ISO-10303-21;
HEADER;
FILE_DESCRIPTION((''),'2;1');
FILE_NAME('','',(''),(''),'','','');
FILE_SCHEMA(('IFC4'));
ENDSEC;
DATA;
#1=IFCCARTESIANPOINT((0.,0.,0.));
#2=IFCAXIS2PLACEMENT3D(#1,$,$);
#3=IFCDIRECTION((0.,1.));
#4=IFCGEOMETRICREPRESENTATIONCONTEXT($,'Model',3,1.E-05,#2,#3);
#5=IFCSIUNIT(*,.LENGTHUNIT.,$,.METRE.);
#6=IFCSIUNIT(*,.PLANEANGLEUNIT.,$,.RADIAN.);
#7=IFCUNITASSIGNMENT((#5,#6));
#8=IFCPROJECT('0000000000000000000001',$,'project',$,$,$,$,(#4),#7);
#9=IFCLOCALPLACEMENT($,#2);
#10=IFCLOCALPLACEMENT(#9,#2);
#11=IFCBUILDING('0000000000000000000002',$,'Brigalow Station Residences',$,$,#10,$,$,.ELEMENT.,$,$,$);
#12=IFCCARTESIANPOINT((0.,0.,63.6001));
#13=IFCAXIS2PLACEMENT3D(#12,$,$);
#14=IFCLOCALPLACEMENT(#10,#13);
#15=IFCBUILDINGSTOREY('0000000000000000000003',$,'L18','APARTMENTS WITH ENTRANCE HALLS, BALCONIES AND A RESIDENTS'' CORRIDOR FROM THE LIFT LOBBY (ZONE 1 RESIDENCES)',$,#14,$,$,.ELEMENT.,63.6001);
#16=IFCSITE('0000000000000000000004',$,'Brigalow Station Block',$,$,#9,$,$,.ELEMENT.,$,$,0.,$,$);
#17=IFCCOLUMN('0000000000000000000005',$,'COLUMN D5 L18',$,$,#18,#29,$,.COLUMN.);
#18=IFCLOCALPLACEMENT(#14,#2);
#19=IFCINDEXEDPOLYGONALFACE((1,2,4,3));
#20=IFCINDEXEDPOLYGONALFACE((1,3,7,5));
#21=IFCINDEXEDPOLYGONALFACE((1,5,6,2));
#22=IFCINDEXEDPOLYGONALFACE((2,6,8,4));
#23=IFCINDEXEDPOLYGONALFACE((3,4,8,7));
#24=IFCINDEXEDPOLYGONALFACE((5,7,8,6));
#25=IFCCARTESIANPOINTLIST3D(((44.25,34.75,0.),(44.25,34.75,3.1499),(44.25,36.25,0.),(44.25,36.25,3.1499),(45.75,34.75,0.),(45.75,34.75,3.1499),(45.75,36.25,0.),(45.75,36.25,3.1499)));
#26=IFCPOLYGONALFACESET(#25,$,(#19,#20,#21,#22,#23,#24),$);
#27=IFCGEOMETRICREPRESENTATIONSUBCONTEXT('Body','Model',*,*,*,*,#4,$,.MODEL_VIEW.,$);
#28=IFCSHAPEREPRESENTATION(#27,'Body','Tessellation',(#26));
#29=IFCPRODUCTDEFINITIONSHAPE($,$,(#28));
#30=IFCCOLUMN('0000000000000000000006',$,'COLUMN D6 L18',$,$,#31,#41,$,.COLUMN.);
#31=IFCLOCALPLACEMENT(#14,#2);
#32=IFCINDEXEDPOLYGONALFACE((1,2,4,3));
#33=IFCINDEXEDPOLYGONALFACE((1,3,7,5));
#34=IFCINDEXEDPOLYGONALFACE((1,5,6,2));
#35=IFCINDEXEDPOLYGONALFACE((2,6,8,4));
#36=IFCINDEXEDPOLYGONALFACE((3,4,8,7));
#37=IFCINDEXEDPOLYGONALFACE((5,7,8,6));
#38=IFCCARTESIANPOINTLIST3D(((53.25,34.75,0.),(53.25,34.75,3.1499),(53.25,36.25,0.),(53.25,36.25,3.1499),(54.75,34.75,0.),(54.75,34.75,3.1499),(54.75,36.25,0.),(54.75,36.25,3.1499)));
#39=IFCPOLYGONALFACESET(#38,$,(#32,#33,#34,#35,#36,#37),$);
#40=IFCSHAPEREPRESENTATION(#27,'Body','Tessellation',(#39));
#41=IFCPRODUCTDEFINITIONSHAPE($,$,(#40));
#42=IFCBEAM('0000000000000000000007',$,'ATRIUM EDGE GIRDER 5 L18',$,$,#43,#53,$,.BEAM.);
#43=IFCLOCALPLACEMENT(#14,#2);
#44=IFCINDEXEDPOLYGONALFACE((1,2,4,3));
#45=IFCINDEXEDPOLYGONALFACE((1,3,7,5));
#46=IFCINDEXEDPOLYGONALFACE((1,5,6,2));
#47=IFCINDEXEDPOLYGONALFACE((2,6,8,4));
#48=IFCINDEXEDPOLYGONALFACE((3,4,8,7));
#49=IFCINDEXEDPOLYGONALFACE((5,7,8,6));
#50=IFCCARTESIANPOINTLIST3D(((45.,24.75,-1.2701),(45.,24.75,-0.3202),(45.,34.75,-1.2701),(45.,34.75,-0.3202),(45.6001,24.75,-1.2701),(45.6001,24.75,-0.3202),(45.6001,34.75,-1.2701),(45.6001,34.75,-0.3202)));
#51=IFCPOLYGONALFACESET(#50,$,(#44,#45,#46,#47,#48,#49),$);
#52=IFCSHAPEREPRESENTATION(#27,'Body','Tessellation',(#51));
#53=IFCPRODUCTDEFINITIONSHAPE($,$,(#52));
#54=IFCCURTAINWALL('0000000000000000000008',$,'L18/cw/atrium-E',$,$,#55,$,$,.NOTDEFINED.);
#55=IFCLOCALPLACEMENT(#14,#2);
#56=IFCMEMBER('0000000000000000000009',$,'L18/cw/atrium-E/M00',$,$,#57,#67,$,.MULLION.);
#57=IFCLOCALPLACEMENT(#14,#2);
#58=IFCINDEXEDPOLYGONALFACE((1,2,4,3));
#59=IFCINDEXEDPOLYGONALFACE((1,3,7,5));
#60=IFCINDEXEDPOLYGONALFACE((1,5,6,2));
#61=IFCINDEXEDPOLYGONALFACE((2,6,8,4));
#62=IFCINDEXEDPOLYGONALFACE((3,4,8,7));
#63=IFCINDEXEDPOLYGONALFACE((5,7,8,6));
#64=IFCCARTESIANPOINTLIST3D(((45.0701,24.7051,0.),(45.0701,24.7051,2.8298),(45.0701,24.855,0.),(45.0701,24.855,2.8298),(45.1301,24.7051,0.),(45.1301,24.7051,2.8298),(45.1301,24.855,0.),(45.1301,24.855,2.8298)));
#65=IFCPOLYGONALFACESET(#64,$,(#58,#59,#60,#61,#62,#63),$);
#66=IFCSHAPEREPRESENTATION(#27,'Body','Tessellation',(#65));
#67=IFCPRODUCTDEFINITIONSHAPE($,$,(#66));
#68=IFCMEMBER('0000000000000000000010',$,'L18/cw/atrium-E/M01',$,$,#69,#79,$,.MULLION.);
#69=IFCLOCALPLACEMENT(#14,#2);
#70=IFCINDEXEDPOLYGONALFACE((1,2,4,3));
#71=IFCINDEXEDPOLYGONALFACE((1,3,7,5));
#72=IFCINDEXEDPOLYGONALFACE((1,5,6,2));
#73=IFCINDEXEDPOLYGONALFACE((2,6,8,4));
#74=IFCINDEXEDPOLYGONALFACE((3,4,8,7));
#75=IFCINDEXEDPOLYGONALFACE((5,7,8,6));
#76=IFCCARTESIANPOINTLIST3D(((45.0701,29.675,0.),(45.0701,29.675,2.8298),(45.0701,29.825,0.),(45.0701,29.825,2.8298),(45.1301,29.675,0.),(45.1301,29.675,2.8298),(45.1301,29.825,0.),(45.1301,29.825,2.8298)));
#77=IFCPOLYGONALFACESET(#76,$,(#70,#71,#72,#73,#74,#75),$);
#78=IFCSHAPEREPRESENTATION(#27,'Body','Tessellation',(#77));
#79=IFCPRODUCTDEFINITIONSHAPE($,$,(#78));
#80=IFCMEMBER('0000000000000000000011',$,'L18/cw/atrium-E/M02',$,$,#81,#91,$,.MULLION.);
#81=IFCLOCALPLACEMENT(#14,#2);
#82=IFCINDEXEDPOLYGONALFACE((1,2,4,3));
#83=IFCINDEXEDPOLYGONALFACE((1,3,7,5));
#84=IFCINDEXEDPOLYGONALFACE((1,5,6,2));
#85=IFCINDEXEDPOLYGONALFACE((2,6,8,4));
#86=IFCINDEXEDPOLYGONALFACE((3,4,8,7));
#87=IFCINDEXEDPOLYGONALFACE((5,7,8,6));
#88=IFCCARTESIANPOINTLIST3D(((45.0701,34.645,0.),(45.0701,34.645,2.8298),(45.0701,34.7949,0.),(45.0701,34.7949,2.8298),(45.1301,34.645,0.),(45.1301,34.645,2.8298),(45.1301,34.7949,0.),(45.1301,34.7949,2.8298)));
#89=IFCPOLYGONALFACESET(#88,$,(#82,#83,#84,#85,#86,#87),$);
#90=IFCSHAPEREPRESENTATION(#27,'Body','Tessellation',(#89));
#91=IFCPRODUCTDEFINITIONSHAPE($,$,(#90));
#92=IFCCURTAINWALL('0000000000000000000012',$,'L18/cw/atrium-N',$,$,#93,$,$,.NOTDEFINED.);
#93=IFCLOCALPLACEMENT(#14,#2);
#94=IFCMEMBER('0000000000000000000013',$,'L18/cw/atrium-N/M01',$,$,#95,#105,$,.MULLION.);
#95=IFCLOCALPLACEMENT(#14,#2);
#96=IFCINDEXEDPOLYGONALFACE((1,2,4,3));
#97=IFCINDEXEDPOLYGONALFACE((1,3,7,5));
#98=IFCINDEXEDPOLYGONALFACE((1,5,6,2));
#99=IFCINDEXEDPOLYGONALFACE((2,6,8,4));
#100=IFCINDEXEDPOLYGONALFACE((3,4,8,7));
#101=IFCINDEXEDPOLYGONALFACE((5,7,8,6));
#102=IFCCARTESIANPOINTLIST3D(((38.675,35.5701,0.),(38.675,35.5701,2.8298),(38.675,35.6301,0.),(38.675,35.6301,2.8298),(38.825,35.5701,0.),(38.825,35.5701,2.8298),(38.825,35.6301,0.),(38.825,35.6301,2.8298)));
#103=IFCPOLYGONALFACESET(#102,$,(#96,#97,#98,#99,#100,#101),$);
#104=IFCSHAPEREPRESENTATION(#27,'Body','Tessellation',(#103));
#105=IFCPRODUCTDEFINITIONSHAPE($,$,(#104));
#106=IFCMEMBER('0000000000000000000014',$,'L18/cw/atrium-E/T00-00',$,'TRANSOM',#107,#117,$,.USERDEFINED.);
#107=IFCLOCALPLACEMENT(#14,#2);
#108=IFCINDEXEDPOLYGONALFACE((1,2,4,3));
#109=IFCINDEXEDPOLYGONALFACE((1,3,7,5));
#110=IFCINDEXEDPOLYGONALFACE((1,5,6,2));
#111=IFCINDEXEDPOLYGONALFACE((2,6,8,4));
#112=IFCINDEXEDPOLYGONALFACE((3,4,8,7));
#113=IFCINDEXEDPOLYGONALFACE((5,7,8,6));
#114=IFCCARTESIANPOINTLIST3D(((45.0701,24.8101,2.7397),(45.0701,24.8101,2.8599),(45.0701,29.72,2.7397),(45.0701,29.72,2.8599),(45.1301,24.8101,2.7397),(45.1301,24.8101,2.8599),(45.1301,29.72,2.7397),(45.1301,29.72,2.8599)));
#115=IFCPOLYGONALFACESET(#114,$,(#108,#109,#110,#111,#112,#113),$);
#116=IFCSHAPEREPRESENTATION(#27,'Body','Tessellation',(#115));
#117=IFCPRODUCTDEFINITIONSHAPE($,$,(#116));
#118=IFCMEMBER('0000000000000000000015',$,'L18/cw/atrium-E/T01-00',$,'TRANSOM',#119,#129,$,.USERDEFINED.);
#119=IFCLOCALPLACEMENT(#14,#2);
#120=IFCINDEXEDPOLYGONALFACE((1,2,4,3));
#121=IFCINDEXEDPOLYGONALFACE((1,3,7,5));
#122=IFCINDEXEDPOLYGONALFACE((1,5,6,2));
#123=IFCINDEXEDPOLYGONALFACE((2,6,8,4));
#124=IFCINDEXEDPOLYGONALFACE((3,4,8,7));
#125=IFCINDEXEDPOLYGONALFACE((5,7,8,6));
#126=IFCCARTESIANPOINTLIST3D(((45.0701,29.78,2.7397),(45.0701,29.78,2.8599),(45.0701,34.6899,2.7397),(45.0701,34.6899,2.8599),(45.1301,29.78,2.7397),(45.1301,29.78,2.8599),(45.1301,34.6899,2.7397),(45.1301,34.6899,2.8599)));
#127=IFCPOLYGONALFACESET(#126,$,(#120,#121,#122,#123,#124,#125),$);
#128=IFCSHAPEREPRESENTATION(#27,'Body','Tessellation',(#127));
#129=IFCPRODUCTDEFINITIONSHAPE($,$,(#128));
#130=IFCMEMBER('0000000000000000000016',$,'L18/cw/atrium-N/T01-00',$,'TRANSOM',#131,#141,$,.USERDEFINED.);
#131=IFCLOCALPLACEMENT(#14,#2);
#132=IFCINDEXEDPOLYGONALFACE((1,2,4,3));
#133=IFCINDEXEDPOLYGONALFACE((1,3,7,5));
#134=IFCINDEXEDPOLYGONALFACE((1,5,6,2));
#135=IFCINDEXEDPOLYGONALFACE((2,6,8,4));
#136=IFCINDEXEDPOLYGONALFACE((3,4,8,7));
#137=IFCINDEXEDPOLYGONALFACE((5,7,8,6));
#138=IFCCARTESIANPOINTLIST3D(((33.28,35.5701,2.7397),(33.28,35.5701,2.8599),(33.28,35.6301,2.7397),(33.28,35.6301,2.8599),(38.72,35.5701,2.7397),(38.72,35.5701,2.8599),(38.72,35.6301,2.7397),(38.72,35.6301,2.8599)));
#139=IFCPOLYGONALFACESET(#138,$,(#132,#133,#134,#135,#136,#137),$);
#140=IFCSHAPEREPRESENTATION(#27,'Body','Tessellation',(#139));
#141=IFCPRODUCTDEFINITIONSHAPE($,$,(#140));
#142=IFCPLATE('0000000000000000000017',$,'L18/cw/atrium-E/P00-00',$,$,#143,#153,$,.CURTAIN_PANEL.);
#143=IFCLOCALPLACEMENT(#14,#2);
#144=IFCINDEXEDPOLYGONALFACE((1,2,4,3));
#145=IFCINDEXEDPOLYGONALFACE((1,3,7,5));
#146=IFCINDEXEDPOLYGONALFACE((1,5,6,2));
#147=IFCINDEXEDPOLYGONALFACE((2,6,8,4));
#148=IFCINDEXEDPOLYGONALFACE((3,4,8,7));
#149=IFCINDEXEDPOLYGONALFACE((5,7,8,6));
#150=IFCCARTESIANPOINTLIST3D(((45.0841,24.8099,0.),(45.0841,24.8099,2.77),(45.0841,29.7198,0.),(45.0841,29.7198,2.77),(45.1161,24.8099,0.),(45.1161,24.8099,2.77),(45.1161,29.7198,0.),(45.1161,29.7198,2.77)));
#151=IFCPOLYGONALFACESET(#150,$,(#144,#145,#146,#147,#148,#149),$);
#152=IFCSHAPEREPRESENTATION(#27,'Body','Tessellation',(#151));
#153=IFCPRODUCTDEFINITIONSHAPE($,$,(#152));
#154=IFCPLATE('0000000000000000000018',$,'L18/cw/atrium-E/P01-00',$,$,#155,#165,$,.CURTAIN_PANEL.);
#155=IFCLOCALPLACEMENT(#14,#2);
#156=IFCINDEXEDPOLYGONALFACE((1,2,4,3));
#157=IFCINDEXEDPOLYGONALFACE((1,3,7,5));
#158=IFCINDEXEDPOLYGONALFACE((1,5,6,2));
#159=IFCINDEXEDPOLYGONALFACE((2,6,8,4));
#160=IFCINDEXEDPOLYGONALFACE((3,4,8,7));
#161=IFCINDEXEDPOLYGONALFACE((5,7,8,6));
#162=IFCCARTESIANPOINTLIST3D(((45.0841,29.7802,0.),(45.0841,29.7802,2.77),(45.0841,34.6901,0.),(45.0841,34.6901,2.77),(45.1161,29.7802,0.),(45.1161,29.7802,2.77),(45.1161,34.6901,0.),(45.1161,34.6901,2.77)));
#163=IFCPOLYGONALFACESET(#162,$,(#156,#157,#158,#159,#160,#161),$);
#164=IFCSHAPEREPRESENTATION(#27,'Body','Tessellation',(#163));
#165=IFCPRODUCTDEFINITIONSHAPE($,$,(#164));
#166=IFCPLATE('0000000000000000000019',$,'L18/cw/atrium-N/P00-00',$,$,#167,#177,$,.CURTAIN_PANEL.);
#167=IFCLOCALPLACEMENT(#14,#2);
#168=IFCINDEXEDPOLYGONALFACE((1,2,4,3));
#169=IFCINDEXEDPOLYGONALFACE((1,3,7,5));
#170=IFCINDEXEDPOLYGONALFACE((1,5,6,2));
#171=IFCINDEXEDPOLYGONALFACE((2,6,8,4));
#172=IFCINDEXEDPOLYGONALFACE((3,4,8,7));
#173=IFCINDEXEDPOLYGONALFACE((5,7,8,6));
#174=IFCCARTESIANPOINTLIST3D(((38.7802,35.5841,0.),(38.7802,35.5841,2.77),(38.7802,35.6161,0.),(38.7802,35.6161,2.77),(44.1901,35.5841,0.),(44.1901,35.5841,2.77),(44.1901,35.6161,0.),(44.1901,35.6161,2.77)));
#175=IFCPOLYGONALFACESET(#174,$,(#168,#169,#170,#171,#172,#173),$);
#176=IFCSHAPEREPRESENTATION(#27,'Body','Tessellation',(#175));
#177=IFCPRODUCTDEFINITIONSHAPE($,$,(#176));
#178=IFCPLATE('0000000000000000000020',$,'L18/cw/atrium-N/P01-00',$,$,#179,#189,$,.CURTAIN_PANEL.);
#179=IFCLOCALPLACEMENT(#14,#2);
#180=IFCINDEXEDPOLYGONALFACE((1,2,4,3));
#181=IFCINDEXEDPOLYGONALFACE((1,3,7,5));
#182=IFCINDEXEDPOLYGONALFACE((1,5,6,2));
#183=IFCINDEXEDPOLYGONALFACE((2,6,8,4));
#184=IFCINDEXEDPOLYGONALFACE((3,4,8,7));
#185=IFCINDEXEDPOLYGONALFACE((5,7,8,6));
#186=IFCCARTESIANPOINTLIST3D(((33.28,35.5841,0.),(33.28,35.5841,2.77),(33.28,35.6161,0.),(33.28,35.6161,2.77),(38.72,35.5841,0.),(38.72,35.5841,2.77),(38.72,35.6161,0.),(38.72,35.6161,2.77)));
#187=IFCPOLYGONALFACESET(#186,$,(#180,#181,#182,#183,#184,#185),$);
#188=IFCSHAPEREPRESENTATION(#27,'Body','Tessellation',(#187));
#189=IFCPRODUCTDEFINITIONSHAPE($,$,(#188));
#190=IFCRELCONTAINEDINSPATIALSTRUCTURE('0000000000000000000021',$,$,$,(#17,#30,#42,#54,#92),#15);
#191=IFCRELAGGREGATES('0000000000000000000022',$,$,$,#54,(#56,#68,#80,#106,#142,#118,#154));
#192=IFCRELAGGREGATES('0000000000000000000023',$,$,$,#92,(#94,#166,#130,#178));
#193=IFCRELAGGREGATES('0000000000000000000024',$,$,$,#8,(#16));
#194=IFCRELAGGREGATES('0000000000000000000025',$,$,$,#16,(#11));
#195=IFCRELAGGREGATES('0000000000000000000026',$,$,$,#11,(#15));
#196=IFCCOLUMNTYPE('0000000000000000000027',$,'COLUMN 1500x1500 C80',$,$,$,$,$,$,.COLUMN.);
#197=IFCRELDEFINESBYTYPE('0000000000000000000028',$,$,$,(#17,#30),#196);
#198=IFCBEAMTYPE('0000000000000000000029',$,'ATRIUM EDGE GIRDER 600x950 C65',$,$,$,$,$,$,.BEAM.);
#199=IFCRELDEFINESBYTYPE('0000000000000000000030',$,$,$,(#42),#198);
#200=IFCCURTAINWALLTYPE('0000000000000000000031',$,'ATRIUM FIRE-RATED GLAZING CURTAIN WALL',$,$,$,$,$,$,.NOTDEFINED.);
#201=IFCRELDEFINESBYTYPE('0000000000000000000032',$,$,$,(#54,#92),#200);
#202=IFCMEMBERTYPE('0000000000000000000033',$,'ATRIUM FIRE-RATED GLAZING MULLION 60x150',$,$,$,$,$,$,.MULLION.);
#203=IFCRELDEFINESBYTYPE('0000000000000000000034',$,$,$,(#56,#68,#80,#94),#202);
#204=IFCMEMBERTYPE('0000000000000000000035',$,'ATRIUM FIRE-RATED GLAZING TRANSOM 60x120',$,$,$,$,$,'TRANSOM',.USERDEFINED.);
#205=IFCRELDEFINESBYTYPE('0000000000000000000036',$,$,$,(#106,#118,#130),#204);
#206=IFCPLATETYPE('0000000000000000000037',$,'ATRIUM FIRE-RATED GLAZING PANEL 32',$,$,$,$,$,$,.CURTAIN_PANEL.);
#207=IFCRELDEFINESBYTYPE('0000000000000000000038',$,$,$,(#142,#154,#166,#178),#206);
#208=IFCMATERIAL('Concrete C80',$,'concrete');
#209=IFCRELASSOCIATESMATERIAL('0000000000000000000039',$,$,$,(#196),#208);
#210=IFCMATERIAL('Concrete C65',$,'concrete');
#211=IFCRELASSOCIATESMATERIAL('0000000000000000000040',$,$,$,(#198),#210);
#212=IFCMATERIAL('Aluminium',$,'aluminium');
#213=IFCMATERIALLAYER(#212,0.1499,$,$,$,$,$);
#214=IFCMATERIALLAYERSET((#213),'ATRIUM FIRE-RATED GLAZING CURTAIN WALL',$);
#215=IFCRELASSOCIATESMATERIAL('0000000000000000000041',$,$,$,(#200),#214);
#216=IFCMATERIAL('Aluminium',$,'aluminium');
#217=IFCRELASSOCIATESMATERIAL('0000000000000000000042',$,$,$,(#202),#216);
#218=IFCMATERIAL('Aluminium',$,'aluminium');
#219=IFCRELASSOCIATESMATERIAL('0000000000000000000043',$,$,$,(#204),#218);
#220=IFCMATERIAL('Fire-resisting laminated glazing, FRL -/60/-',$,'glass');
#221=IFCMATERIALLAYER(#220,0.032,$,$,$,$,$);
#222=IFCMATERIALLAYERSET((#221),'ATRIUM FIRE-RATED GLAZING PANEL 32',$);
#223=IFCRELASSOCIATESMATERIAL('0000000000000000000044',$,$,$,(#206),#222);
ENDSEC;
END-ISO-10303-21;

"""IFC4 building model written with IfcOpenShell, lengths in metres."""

from ifc_helpers import new_model, si_unit, direction, frame, origin, origin_2d, place, context, subcontext, project, spatial, rectangle, extrude, material, layer, layer_set, material_profile, profile_set, type_object, element, aggregate, save


model = new_model("IFC4")

# Units and contexts
model_context = context("Model", 3, precision=1e-05, world=origin(), true_north=direction((0.0, 1.0)))
body_context = subcontext(model_context, "Body", "Model", "MODEL_VIEW")
ifc_project = project(units=[si_unit("LENGTHUNIT", "METRE"), si_unit("PLANEANGLEUNIT", "RADIAN")], contexts=[model_context])

# Site, building, storey
site_placement = place(None, origin())
site = spatial("IfcSite", under=ifc_project, at=site_placement, Name="Brigalow Station Block", CompositionType="ELEMENT", RefElevation=0.0)
building_placement = place(site_placement, origin())
building = spatial("IfcBuilding", under=site, at=building_placement, Name="Brigalow Station Residences", CompositionType="ELEMENT")
storey_placement = place(building_placement, frame((0.0, 0.0, 63.6001)))
storey = spatial("IfcBuildingStorey", under=building, at=storey_placement, Name="L18", Description="APARTMENTS WITH ENTRANCE HALLS, BALCONIES AND A RESIDENTS' CORRIDOR FROM THE LIFT LOBBY (ZONE 1 RESIDENCES)", CompositionType="ELEMENT", Elevation=63.6001)

# Columns
ifc_material_1 = material(Name="Concrete C80", Category="concrete")
ifc_material_profile_1 = material_profile(ifc_material_1, rectangle(XDim=1.5, YDim=1.5, at=origin_2d()), Name="RC1500x1500")
ifc_profile_set_1 = profile_set([ifc_material_profile_1], Name="Concrete C80")
column_type = type_object("IfcColumnType", Name="COLUMN 1500x1500 C80", PredefinedType="COLUMN", material=ifc_profile_set_1)
for number, where, z_axis, x_axis, name in (
    (1, (45.0, 35.5, 0.0), (0.0, 0.0, 1.0), (1.0, 0.0, 0.0), "COLUMN D5 L18"),
    (2, (54.0, 35.5, 0.0), (0.0, 0.0, 1.0), (1.0, 0.0, 0.0), "COLUMN D6 L18"),
):
    element("IfcColumn", number, at=place(storey_placement, frame(where, z_axis=z_axis, x_axis=x_axis)), inside=storey, type_object=column_type, Name=name, PredefinedType="COLUMN", context=body_context, shape_type="SweptSolid", body=[
        extrude(rectangle(XDim=1.5, YDim=1.5, at=origin_2d()), origin(), (0.0, 0.0, 1.0), 3.1499),
    ])

# Beam
ifc_material_2 = material(Name="Concrete C65", Category="concrete")
ifc_material_profile_2 = material_profile(ifc_material_2, rectangle(XDim=0.6001, YDim=0.95, at=origin_2d()), Name="RC600x950")
ifc_profile_set_2 = profile_set([ifc_material_profile_2], Name="Concrete C65")
beam_type = type_object("IfcBeamType", Name="ATRIUM EDGE GIRDER 600x950 C65", PredefinedType="BEAM", material=ifc_profile_set_2)
beam_placement = place(storey_placement, frame((45.3, 24.75, -0.7952), z_axis=(0.0, 1.0, 0.0), x_axis=(-1.0, 0.0, 0.0)))
element("IfcBeam", 3, at=beam_placement, inside=storey, type_object=beam_type, Name="ATRIUM EDGE GIRDER 5 L18", PredefinedType="BEAM", context=body_context, shape_type="SweptSolid", body=[
    extrude(rectangle(XDim=0.6001, YDim=0.95, at=origin_2d()), origin(), (0.0, 0.0, 1.0), 10.0),
])

# Curtain wall, members
ifc_material_3 = material(Name="Aluminium", Category="aluminium")
ifc_layer_1 = layer(ifc_material_3, 0.1499)
ifc_layer_set_1 = layer_set([ifc_layer_1], Name="ATRIUM FIRE-RATED GLAZING CURTAIN WALL")
curtain_wall_type = type_object("IfcCurtainWallType", Name="ATRIUM FIRE-RATED GLAZING CURTAIN WALL", PredefinedType="NOTDEFINED", material=ifc_layer_set_1)
curtain_wall_1_placement = place(storey_placement, origin())
curtain_wall_1 = element("IfcCurtainWall", 4, at=curtain_wall_1_placement, inside=storey, type_object=curtain_wall_type, Name="L18/cw/atrium-E", PredefinedType="NOTDEFINED")
ifc_material_4 = material(Name="Aluminium", Category="aluminium")
ifc_material_profile_3 = material_profile(ifc_material_4, rectangle(XDim=0.0601, YDim=0.1499, at=origin_2d()), Name="ATRIUM FIRE-RATED GLAZING MULLION 60x150")
ifc_profile_set_3 = profile_set([ifc_material_profile_3], Name="Aluminium")
member_type_1 = type_object("IfcMemberType", Name="ATRIUM FIRE-RATED GLAZING MULLION 60x150", PredefinedType="MULLION", material=ifc_profile_set_3)
member_1_placement = place(storey_placement, frame((45.1001, 24.78, 0.0), z_axis=(0.0, 0.0, 1.0), x_axis=(-1.0, 0.0, 0.0)))
member_1 = element("IfcMember", 5, at=member_1_placement, type_object=member_type_1, Name="L18/cw/atrium-E/M00", PredefinedType="MULLION", context=body_context, shape_type="SweptSolid", body=[
    extrude(rectangle(XDim=0.0601, YDim=0.1499, at=origin_2d()), origin(), (0.0, 0.0, 1.0), 2.8298),
])
member_2_placement = place(storey_placement, frame((45.1001, 29.75, 0.0), z_axis=(0.0, 0.0, 1.0), x_axis=(-1.0, 0.0, 0.0)))
member_2 = element("IfcMember", 6, at=member_2_placement, type_object=member_type_1, Name="L18/cw/atrium-E/M01", PredefinedType="MULLION", context=body_context, shape_type="SweptSolid", body=[
    extrude(rectangle(XDim=0.0601, YDim=0.1499, at=origin_2d()), origin(), (0.0, 0.0, 1.0), 2.8298),
])
member_3_placement = place(storey_placement, frame((45.1001, 34.72, 0.0), z_axis=(0.0, 0.0, 1.0), x_axis=(-1.0, 0.0, 0.0)))
member_3 = element("IfcMember", 7, at=member_3_placement, type_object=member_type_1, Name="L18/cw/atrium-E/M02", PredefinedType="MULLION", context=body_context, shape_type="SweptSolid", body=[
    extrude(rectangle(XDim=0.0601, YDim=0.1499, at=origin_2d()), origin(), (0.0, 0.0, 1.0), 2.8298),
])

# Curtain wall, member
curtain_wall_2_placement = place(storey_placement, origin())
curtain_wall_2 = element("IfcCurtainWall", 8, at=curtain_wall_2_placement, inside=storey, type_object=curtain_wall_type, Name="L18/cw/atrium-N", PredefinedType="NOTDEFINED")
member_4_placement = place(storey_placement, frame((38.75, 35.6001, 0.0), z_axis=(0.0, 0.0, 1.0), x_axis=(0.0, -1.0, 0.0)))
member_4 = element("IfcMember", 9, at=member_4_placement, type_object=member_type_1, Name="L18/cw/atrium-N/M01", PredefinedType="MULLION", context=body_context, shape_type="SweptSolid", body=[
    extrude(rectangle(XDim=0.0601, YDim=0.1499, at=origin_2d()), origin(), (0.0, 0.0, 1.0), 2.8298),
])

# Members
ifc_material_5 = material(Name="Aluminium", Category="aluminium")
ifc_material_profile_4 = material_profile(ifc_material_5, rectangle(XDim=0.0601, YDim=0.1201, at=origin_2d()), Name="ATRIUM FIRE-RATED GLAZING TRANSOM 60x120")
ifc_profile_set_4 = profile_set([ifc_material_profile_4], Name="Aluminium")
member_type_2 = type_object("IfcMemberType", Name="ATRIUM FIRE-RATED GLAZING TRANSOM 60x120", ElementType="TRANSOM", PredefinedType="USERDEFINED", material=ifc_profile_set_4)
member_5_placement = place(storey_placement, frame((45.1001, 24.8101, 2.7998), z_axis=(0.0, 1.0, 0.0), x_axis=(-1.0, 0.0, 0.0)))
member_5 = element("IfcMember", 10, at=member_5_placement, type_object=member_type_2, Name="L18/cw/atrium-E/T00-00", ObjectType="TRANSOM", PredefinedType="USERDEFINED", context=body_context, shape_type="SweptSolid", body=[
    extrude(rectangle(XDim=0.0601, YDim=0.1201, at=origin_2d()), origin(), (0.0, 0.0, 1.0), 4.9099),
])
member_6_placement = place(storey_placement, frame((45.1001, 29.78, 2.7998), z_axis=(0.0, 1.0, 0.0), x_axis=(-1.0, 0.0, 0.0)))
member_6 = element("IfcMember", 11, at=member_6_placement, type_object=member_type_2, Name="L18/cw/atrium-E/T01-00", ObjectType="TRANSOM", PredefinedType="USERDEFINED", context=body_context, shape_type="SweptSolid", body=[
    extrude(rectangle(XDim=0.0601, YDim=0.1201, at=origin_2d()), origin(), (0.0, 0.0, 1.0), 4.9099),
])
member_7_placement = place(storey_placement, frame((38.72, 35.6001, 2.7998), z_axis=(-1.0, 0.0, 0.0), x_axis=(0.0, -1.0, 0.0)))
member_7 = element("IfcMember", 12, at=member_7_placement, type_object=member_type_2, Name="L18/cw/atrium-N/T01-00", ObjectType="TRANSOM", PredefinedType="USERDEFINED", context=body_context, shape_type="SweptSolid", body=[
    extrude(rectangle(XDim=0.0601, YDim=0.1201, at=origin_2d()), origin(), (0.0, 0.0, 1.0), 5.4399),
])

# Plates
ifc_material_6 = material(Name="Fire-resisting laminated glazing, FRL -/60/-", Category="glass")
ifc_layer_2 = layer(ifc_material_6, 0.032)
ifc_layer_set_2 = layer_set([ifc_layer_2], Name="ATRIUM FIRE-RATED GLAZING PANEL 32")
plate_type = type_object("IfcPlateType", Name="ATRIUM FIRE-RATED GLAZING PANEL 32", PredefinedType="CURTAIN_PANEL", material=ifc_layer_set_2)
plate_1_placement = place(storey_placement, frame((45.1001, 27.2649, 0.0), z_axis=(0.0, 0.0, 1.0), x_axis=(0.0, 1.0, 0.0)))
plate_1 = element("IfcPlate", 13, at=plate_1_placement, type_object=plate_type, Name="L18/cw/atrium-E/P00-00", PredefinedType="CURTAIN_PANEL", context=body_context, shape_type="SweptSolid", body=[
    extrude(rectangle(XDim=4.9099, YDim=0.032, at=origin_2d()), origin(), (0.0, 0.0, 1.0), 2.77),
])
plate_2_placement = place(storey_placement, frame((45.1001, 32.2351, 0.0), z_axis=(0.0, 0.0, 1.0), x_axis=(0.0, 1.0, 0.0)))
plate_2 = element("IfcPlate", 14, at=plate_2_placement, type_object=plate_type, Name="L18/cw/atrium-E/P01-00", PredefinedType="CURTAIN_PANEL", context=body_context, shape_type="SweptSolid", body=[
    extrude(rectangle(XDim=4.9099, YDim=0.032, at=origin_2d()), origin(), (0.0, 0.0, 1.0), 2.77),
])
aggregate(curtain_wall_1, [member_1, member_2, member_3, member_5, plate_1, member_6, plate_2])
plate_3_placement = place(storey_placement, frame((41.4851, 35.6001, 0.0), z_axis=(0.0, 0.0, 1.0), x_axis=(-1.0, 0.0, 0.0)))
plate_3 = element("IfcPlate", 15, at=plate_3_placement, type_object=plate_type, Name="L18/cw/atrium-N/P00-00", PredefinedType="CURTAIN_PANEL", context=body_context, shape_type="SweptSolid", body=[
    extrude(rectangle(XDim=5.4099, YDim=0.032, at=origin_2d()), origin(), (0.0, 0.0, 1.0), 2.77),
])
plate_4_placement = place(storey_placement, frame((36.0, 35.6001, 0.0), z_axis=(0.0, 0.0, 1.0), x_axis=(-1.0, 0.0, 0.0)))
plate_4 = element("IfcPlate", 16, at=plate_4_placement, type_object=plate_type, Name="L18/cw/atrium-N/P01-00", PredefinedType="CURTAIN_PANEL", context=body_context, shape_type="SweptSolid", body=[
    extrude(rectangle(XDim=5.4399, YDim=0.032, at=origin_2d()), origin(), (0.0, 0.0, 1.0), 2.77),
])
aggregate(curtain_wall_2, [member_4, plate_3, member_7, plate_4])

save(model, "model.ifc")
